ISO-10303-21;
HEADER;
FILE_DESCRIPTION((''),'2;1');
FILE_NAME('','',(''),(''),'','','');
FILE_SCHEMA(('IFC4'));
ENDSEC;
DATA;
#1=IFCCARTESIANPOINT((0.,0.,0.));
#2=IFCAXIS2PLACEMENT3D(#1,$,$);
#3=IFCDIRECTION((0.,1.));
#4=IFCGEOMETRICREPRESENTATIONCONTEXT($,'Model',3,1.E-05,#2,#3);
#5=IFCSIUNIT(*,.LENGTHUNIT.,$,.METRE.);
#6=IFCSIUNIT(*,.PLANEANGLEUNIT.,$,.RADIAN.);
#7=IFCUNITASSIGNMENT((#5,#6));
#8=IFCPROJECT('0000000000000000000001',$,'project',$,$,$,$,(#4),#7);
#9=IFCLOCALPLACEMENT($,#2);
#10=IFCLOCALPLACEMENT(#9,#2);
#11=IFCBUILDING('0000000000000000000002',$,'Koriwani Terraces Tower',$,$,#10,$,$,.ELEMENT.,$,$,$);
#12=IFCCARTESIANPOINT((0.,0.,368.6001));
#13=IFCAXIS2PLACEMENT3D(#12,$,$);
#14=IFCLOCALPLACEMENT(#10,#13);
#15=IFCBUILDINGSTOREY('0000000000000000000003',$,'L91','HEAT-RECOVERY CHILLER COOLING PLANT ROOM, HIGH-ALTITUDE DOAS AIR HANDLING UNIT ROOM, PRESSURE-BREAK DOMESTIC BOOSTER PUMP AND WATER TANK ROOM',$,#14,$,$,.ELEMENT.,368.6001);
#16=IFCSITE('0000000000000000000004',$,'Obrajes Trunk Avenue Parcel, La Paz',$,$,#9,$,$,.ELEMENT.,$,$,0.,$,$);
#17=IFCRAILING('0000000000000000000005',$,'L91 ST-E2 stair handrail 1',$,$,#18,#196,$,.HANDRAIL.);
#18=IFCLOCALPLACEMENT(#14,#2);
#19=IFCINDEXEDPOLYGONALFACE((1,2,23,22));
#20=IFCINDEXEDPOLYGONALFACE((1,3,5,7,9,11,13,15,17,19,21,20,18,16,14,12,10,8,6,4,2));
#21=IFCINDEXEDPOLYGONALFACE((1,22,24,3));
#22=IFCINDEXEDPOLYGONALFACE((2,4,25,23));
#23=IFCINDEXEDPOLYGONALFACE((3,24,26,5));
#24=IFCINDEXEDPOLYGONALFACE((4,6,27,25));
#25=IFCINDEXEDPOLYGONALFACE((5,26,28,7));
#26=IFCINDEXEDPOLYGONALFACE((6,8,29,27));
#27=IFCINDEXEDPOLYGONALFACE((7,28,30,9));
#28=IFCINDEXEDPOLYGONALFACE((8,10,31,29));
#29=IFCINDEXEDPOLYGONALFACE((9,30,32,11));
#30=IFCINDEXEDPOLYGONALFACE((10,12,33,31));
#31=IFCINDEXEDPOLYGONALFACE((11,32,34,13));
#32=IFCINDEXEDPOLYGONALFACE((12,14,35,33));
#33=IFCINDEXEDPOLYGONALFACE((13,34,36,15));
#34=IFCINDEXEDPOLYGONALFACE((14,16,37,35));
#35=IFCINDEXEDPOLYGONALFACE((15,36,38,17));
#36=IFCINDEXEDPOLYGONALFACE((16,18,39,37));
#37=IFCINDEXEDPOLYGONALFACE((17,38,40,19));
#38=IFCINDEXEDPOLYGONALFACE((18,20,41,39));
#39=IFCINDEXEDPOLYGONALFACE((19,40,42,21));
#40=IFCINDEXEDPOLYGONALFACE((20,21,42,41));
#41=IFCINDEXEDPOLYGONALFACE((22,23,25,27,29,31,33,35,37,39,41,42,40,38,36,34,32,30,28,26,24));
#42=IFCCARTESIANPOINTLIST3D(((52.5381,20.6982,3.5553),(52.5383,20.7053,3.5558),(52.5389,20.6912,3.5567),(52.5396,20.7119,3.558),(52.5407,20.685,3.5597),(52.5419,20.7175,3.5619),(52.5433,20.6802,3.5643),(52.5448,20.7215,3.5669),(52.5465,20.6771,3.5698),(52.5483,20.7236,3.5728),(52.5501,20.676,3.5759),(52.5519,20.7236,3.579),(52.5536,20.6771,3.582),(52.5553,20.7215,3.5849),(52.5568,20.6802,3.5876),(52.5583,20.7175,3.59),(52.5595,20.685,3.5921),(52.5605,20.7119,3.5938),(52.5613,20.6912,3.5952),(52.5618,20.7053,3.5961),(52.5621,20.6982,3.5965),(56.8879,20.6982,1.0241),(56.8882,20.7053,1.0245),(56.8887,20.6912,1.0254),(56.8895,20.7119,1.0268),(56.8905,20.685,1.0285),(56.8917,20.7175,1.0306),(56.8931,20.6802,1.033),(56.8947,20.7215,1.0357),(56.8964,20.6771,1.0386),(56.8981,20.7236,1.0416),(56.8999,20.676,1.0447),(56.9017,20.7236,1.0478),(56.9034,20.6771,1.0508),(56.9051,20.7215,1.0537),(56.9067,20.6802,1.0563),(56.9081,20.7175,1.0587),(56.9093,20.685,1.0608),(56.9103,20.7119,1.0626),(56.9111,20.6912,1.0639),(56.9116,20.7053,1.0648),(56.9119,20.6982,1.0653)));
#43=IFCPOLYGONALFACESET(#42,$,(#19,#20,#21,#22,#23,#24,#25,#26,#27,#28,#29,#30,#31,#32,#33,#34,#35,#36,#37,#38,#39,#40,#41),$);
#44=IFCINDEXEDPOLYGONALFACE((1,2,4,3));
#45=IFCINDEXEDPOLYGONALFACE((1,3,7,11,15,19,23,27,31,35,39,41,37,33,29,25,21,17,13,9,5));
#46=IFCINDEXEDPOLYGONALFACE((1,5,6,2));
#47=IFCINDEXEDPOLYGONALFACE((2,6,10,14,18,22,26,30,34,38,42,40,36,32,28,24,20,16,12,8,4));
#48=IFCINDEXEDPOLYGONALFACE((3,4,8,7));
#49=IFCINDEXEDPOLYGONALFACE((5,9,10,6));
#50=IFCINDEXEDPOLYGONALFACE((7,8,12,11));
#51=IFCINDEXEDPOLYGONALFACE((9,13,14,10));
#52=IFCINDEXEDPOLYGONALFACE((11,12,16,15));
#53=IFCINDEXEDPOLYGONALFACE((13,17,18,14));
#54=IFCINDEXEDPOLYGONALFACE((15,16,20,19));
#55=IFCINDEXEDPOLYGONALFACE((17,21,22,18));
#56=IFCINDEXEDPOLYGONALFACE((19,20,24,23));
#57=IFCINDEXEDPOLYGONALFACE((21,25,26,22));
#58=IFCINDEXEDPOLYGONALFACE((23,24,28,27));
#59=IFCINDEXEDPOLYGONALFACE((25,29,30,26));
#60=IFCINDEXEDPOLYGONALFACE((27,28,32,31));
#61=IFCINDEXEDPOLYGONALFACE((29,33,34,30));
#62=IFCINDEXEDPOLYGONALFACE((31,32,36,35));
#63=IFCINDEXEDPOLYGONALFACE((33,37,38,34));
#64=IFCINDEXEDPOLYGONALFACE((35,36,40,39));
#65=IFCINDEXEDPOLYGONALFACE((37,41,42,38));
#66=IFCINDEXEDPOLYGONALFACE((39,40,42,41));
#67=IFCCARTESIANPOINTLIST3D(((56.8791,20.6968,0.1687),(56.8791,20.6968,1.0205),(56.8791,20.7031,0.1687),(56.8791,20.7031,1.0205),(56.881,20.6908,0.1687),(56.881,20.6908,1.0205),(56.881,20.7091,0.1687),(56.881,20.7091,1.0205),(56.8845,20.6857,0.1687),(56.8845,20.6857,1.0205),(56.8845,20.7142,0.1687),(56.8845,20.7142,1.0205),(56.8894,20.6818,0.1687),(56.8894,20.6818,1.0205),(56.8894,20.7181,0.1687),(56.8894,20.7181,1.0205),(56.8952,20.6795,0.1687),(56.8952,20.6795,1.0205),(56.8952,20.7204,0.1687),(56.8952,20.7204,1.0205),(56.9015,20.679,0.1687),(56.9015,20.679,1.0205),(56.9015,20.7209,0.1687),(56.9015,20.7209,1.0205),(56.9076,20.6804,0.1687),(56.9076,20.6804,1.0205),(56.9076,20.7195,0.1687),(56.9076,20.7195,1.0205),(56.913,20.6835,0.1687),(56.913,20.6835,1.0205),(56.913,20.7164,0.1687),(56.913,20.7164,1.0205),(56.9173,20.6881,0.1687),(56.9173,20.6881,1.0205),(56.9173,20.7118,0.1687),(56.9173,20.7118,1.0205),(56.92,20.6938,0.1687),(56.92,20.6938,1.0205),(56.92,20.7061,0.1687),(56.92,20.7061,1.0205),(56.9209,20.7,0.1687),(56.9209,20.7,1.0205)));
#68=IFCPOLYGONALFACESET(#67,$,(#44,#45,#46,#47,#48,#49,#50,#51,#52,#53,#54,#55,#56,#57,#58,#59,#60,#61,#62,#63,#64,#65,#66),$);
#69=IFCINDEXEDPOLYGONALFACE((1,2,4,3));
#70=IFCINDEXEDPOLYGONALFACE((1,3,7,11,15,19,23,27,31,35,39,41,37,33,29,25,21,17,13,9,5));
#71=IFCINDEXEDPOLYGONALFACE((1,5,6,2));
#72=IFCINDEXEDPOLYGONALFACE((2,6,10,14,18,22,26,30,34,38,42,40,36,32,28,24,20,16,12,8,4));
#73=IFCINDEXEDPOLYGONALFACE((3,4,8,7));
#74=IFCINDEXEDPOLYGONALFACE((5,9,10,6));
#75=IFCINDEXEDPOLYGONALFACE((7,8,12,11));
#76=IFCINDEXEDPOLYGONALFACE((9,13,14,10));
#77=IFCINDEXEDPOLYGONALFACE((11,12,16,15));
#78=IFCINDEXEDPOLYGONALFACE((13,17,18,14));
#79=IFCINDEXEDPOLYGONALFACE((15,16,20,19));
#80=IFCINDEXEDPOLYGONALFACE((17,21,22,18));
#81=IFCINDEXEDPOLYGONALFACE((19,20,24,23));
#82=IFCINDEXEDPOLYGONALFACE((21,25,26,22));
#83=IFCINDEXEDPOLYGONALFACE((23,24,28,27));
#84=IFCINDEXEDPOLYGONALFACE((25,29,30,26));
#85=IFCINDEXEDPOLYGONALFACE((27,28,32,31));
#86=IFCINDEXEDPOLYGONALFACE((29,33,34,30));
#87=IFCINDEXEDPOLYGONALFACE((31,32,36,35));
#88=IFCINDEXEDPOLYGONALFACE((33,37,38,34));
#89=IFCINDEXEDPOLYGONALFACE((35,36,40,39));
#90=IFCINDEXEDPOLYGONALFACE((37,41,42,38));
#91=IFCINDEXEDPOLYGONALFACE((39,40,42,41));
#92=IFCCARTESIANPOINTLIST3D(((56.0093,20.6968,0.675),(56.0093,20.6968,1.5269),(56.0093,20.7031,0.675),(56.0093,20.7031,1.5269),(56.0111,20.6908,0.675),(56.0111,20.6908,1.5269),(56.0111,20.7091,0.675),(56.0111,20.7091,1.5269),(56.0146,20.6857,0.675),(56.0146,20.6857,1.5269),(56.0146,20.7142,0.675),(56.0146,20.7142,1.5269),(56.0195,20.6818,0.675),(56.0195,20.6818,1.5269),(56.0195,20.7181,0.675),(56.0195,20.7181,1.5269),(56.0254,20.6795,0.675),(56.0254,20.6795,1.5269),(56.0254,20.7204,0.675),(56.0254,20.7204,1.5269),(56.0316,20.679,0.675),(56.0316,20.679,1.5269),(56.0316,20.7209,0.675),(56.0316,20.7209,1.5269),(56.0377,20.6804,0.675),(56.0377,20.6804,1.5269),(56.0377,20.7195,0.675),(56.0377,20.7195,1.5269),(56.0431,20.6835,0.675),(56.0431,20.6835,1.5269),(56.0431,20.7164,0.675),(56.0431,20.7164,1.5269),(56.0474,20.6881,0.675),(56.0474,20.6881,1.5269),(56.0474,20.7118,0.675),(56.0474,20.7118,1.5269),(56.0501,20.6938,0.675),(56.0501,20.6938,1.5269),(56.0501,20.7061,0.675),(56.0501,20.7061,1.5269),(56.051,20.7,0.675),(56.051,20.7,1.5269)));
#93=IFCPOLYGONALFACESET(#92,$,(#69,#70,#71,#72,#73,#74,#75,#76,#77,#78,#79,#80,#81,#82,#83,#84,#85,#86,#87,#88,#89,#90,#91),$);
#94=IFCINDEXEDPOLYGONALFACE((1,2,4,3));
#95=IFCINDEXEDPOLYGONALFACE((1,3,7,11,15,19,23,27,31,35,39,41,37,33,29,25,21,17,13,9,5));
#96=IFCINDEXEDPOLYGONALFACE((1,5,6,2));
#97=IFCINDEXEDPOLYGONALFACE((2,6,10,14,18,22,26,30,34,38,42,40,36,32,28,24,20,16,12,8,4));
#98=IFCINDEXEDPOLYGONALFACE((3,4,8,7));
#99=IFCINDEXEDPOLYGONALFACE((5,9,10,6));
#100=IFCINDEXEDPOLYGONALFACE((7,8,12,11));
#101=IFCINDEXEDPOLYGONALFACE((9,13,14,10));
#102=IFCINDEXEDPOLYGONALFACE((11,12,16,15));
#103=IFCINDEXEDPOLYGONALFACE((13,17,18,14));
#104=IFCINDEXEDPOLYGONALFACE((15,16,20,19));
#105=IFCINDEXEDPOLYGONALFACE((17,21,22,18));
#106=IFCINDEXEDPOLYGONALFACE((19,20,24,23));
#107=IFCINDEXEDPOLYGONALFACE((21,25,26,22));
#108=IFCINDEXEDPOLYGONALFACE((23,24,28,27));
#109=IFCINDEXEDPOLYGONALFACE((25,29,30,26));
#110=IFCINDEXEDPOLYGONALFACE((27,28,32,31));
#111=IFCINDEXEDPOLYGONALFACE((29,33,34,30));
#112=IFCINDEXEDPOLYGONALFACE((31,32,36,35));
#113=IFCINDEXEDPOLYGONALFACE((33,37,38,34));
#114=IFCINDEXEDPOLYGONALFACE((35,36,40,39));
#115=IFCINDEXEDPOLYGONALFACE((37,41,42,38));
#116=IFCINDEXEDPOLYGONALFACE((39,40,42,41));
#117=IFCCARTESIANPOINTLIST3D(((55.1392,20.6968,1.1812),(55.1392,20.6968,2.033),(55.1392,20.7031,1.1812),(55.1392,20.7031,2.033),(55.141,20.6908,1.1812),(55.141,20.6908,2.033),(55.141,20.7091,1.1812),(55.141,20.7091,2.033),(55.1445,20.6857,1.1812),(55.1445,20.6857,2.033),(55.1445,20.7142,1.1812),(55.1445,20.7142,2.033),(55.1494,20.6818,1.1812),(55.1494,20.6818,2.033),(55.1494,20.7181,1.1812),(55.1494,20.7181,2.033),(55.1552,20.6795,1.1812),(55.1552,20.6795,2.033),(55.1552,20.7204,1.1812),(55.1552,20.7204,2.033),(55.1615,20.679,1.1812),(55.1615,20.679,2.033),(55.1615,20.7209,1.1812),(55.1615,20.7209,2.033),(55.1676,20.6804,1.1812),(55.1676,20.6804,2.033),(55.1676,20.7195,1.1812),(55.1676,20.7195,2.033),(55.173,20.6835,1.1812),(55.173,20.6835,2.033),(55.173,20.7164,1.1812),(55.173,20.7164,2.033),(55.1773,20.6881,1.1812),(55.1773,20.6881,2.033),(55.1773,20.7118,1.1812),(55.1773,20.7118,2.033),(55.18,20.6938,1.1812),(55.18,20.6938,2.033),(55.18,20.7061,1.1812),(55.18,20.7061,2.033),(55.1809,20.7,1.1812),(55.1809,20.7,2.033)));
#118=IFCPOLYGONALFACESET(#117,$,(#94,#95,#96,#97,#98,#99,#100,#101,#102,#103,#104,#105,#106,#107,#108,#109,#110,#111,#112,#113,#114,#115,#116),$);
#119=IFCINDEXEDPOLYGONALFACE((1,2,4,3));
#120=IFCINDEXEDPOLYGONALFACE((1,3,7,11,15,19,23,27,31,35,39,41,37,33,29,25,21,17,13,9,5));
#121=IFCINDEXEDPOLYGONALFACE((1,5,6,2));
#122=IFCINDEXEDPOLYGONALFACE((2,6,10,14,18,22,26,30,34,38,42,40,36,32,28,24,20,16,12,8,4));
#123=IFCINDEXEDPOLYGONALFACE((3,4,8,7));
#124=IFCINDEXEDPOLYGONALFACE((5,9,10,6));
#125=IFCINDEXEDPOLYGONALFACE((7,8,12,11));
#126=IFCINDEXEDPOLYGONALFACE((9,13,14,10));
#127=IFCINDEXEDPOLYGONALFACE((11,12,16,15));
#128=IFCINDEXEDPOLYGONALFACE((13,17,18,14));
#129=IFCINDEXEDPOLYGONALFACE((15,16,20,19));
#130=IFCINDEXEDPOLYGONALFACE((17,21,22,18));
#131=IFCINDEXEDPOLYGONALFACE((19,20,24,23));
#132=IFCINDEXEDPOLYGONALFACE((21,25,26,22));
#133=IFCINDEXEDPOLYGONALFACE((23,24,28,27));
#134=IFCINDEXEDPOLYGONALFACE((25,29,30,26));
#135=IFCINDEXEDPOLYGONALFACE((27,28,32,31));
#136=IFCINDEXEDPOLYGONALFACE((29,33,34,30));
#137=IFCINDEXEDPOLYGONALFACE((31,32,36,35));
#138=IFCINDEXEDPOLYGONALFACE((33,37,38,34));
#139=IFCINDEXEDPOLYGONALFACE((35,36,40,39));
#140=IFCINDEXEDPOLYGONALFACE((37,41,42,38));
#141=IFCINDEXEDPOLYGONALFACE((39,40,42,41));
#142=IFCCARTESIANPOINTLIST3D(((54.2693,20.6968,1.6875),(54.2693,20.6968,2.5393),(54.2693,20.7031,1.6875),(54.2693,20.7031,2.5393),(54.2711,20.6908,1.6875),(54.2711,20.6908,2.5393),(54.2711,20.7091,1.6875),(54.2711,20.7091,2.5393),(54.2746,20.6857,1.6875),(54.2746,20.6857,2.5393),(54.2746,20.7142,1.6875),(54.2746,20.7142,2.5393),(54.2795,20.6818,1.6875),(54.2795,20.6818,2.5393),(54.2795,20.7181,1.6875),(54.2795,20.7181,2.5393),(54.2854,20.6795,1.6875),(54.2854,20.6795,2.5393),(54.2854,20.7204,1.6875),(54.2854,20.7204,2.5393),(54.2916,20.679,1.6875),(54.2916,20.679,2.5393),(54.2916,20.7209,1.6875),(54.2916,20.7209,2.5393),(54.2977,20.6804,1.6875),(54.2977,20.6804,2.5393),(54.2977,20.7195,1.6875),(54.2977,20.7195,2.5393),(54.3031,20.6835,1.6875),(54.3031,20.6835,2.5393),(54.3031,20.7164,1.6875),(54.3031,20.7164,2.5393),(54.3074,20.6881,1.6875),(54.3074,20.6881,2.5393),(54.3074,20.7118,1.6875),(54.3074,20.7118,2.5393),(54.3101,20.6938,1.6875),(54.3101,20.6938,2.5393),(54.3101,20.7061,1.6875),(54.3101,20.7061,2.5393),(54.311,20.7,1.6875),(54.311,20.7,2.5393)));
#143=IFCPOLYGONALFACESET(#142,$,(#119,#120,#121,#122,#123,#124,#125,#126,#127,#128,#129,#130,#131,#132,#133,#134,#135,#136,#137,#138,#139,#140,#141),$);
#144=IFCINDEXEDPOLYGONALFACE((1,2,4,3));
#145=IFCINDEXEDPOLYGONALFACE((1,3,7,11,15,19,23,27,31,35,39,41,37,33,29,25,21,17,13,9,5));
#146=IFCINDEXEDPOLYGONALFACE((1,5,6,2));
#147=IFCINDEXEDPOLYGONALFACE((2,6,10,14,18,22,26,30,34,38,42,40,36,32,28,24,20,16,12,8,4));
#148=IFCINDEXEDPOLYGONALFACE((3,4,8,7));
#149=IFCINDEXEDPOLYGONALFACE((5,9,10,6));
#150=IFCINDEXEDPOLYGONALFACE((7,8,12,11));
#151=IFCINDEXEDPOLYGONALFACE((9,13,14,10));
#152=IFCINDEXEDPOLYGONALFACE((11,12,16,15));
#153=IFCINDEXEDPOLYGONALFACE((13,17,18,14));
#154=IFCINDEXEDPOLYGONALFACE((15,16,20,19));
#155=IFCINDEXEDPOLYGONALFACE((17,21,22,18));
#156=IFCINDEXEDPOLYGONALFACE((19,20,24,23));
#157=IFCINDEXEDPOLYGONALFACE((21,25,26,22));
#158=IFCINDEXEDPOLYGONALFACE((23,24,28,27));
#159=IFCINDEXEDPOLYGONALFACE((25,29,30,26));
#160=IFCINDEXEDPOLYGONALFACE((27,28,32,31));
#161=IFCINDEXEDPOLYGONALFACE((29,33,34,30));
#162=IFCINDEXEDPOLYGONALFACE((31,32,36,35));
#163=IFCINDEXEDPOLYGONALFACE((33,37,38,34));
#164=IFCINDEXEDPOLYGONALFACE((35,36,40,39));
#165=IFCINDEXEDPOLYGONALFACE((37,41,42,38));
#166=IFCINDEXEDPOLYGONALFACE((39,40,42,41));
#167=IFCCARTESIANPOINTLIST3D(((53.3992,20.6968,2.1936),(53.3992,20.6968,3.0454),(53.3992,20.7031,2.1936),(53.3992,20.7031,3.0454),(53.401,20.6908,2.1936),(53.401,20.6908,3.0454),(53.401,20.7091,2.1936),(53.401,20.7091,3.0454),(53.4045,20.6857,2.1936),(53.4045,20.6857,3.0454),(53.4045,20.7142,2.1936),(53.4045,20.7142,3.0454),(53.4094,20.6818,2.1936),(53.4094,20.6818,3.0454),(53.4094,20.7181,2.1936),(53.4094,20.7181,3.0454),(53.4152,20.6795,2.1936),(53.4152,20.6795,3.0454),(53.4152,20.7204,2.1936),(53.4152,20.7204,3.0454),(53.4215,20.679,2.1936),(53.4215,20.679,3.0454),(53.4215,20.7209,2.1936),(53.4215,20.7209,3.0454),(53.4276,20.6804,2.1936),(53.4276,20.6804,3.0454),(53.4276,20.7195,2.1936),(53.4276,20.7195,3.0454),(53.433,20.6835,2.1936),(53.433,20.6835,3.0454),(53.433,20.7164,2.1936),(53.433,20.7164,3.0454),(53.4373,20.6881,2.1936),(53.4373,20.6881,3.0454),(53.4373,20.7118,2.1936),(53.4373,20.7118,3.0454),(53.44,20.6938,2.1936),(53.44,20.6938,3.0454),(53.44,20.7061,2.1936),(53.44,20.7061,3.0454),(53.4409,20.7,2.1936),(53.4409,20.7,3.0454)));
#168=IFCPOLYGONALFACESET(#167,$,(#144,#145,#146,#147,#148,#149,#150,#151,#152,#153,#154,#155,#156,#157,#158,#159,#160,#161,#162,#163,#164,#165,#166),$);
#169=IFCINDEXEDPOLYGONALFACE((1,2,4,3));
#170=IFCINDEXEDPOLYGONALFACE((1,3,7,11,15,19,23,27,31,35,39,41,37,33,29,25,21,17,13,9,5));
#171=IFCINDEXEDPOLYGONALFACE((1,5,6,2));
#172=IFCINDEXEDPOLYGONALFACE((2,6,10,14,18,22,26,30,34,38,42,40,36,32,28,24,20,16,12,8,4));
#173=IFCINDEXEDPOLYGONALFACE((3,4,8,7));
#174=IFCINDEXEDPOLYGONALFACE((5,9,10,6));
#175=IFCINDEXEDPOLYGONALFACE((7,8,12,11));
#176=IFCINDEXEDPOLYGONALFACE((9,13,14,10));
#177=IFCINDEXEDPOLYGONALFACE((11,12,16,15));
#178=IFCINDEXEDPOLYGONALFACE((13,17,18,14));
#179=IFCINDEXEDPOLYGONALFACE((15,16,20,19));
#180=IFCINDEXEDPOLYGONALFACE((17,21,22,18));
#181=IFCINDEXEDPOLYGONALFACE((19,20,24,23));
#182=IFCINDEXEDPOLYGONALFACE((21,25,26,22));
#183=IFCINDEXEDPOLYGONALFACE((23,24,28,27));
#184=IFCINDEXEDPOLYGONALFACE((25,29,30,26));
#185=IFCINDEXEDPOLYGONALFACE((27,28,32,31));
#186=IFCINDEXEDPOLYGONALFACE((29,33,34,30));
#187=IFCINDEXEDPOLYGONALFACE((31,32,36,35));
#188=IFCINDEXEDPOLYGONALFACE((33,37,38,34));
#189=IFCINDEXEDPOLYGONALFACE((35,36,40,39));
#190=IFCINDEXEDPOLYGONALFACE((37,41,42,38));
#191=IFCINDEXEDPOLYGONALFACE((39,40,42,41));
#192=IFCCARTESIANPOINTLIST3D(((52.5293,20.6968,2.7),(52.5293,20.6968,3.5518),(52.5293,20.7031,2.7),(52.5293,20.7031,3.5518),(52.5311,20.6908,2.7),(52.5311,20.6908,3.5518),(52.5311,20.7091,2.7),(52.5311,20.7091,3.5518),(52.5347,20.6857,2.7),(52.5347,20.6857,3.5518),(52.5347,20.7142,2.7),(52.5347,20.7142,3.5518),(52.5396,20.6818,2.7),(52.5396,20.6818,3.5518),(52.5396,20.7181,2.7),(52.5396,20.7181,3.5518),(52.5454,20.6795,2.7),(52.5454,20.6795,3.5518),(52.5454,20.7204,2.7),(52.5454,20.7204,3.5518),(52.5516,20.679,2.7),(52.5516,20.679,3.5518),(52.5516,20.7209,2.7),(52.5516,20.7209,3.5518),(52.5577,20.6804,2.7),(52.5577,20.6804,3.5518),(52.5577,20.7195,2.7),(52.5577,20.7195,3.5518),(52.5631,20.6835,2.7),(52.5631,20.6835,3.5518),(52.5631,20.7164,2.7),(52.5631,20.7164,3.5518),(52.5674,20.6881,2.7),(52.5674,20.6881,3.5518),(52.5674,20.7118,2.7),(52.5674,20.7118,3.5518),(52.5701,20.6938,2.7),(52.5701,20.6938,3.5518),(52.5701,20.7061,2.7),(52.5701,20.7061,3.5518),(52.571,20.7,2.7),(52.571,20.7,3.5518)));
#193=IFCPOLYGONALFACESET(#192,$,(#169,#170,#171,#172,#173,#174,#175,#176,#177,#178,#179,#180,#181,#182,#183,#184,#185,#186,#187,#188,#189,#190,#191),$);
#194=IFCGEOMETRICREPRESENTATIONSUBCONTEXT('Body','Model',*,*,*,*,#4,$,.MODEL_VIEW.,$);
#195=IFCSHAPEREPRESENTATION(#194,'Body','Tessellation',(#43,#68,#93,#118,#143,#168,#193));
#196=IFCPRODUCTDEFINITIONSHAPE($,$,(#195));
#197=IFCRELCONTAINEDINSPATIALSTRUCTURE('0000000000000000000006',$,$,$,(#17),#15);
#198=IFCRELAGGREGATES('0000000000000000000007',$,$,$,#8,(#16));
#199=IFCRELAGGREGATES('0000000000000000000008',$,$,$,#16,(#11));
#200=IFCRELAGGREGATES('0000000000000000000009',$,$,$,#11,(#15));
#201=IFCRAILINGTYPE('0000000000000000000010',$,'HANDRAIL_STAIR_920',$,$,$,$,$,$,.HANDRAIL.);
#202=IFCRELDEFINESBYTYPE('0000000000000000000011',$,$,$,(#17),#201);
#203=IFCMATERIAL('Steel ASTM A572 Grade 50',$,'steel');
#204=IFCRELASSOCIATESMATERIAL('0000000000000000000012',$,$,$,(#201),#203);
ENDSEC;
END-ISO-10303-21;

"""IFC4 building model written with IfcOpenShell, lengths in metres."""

from ifc_helpers import new_model, si_unit, direction, frame, origin, origin_2d, place, context, subcontext, project, spatial, circle, extrude, material, type_object, element, save


model = new_model("IFC4")

# Units and contexts
model_context = context("Model", 3, precision=1e-05, world=origin(), true_north=direction((0.0, 1.0)))
body_context = subcontext(model_context, "Body", "Model", "MODEL_VIEW")
ifc_project = project(units=[si_unit("LENGTHUNIT", "METRE"), si_unit("PLANEANGLEUNIT", "RADIAN")], contexts=[model_context])

# Site, building, storey
site_placement = place(None, origin())
site = spatial("IfcSite", under=ifc_project, at=site_placement, Name="Obrajes Trunk Avenue Parcel, La Paz", CompositionType="ELEMENT", RefElevation=0.0)
building_placement = place(site_placement, origin())
building = spatial("IfcBuilding", under=site, at=building_placement, Name="Koriwani Terraces Tower", CompositionType="ELEMENT")
storey_placement = place(building_placement, frame((0.0, 0.0, 368.6001)))
storey = spatial("IfcBuildingStorey", under=building, at=storey_placement, Name="L91", Description="HEAT-RECOVERY CHILLER COOLING PLANT ROOM, HIGH-ALTITUDE DOAS AIR HANDLING UNIT ROOM, PRESSURE-BREAK DOMESTIC BOOSTER PUMP AND WATER TANK ROOM", CompositionType="ELEMENT", Elevation=368.6001)

# Shared definitions
ifc_material_1 = material(Name="Steel ASTM A572 Grade 50", Category="steel")

# Railing
railing_type_1 = type_object("IfcRailingType", Name="HANDRAIL_STAIR_920", PredefinedType="HANDRAIL", material=ifc_material_1)
railing_1_placement = place(storey_placement, frame((56.8999, 20.7, 0.1687)))
element("IfcRailing", 1, at=railing_1_placement, inside=storey, type_object=railing_type_1, Name="L91 ST-E2 stair handrail 1", PredefinedType="HANDRAIL", context=body_context, shape_type="SweptSolid", body=[
    extrude(circle(Radius=0.0239, at=origin_2d()), frame((0.0, 0.0, 0.876), z_axis=(-0.864312, 0.0, 0.502957), x_axis=(0.0, -1.0, 0.0)), (0.0, 0.0, 1.0), 5.0327),
    extrude(circle(Radius=0.021, at=origin_2d()), origin(), (0.0, 0.0, 1.0), 0.8518),
    extrude(circle(Radius=0.021, at=origin_2d()), frame((-0.8699, 0.0, 0.5063)), (0.0, 0.0, 1.0), 0.8518),
    extrude(circle(Radius=0.021, at=origin_2d()), frame((-1.74, 0.0, 1.0125)), (0.0, 0.0, 1.0), 0.8518),
    extrude(circle(Radius=0.021, at=origin_2d()), frame((-2.6099, 0.0, 1.5188)), (0.0, 0.0, 1.0), 0.8518),
    extrude(circle(Radius=0.021, at=origin_2d()), frame((-3.48, 0.0, 2.0249)), (0.0, 0.0, 1.0), 0.8518),
    extrude(circle(Radius=0.021, at=origin_2d()), frame((-4.3499, 0.0, 2.5312)), (0.0, 0.0, 1.0), 0.8518),
])

save(model, "model.ifc")
